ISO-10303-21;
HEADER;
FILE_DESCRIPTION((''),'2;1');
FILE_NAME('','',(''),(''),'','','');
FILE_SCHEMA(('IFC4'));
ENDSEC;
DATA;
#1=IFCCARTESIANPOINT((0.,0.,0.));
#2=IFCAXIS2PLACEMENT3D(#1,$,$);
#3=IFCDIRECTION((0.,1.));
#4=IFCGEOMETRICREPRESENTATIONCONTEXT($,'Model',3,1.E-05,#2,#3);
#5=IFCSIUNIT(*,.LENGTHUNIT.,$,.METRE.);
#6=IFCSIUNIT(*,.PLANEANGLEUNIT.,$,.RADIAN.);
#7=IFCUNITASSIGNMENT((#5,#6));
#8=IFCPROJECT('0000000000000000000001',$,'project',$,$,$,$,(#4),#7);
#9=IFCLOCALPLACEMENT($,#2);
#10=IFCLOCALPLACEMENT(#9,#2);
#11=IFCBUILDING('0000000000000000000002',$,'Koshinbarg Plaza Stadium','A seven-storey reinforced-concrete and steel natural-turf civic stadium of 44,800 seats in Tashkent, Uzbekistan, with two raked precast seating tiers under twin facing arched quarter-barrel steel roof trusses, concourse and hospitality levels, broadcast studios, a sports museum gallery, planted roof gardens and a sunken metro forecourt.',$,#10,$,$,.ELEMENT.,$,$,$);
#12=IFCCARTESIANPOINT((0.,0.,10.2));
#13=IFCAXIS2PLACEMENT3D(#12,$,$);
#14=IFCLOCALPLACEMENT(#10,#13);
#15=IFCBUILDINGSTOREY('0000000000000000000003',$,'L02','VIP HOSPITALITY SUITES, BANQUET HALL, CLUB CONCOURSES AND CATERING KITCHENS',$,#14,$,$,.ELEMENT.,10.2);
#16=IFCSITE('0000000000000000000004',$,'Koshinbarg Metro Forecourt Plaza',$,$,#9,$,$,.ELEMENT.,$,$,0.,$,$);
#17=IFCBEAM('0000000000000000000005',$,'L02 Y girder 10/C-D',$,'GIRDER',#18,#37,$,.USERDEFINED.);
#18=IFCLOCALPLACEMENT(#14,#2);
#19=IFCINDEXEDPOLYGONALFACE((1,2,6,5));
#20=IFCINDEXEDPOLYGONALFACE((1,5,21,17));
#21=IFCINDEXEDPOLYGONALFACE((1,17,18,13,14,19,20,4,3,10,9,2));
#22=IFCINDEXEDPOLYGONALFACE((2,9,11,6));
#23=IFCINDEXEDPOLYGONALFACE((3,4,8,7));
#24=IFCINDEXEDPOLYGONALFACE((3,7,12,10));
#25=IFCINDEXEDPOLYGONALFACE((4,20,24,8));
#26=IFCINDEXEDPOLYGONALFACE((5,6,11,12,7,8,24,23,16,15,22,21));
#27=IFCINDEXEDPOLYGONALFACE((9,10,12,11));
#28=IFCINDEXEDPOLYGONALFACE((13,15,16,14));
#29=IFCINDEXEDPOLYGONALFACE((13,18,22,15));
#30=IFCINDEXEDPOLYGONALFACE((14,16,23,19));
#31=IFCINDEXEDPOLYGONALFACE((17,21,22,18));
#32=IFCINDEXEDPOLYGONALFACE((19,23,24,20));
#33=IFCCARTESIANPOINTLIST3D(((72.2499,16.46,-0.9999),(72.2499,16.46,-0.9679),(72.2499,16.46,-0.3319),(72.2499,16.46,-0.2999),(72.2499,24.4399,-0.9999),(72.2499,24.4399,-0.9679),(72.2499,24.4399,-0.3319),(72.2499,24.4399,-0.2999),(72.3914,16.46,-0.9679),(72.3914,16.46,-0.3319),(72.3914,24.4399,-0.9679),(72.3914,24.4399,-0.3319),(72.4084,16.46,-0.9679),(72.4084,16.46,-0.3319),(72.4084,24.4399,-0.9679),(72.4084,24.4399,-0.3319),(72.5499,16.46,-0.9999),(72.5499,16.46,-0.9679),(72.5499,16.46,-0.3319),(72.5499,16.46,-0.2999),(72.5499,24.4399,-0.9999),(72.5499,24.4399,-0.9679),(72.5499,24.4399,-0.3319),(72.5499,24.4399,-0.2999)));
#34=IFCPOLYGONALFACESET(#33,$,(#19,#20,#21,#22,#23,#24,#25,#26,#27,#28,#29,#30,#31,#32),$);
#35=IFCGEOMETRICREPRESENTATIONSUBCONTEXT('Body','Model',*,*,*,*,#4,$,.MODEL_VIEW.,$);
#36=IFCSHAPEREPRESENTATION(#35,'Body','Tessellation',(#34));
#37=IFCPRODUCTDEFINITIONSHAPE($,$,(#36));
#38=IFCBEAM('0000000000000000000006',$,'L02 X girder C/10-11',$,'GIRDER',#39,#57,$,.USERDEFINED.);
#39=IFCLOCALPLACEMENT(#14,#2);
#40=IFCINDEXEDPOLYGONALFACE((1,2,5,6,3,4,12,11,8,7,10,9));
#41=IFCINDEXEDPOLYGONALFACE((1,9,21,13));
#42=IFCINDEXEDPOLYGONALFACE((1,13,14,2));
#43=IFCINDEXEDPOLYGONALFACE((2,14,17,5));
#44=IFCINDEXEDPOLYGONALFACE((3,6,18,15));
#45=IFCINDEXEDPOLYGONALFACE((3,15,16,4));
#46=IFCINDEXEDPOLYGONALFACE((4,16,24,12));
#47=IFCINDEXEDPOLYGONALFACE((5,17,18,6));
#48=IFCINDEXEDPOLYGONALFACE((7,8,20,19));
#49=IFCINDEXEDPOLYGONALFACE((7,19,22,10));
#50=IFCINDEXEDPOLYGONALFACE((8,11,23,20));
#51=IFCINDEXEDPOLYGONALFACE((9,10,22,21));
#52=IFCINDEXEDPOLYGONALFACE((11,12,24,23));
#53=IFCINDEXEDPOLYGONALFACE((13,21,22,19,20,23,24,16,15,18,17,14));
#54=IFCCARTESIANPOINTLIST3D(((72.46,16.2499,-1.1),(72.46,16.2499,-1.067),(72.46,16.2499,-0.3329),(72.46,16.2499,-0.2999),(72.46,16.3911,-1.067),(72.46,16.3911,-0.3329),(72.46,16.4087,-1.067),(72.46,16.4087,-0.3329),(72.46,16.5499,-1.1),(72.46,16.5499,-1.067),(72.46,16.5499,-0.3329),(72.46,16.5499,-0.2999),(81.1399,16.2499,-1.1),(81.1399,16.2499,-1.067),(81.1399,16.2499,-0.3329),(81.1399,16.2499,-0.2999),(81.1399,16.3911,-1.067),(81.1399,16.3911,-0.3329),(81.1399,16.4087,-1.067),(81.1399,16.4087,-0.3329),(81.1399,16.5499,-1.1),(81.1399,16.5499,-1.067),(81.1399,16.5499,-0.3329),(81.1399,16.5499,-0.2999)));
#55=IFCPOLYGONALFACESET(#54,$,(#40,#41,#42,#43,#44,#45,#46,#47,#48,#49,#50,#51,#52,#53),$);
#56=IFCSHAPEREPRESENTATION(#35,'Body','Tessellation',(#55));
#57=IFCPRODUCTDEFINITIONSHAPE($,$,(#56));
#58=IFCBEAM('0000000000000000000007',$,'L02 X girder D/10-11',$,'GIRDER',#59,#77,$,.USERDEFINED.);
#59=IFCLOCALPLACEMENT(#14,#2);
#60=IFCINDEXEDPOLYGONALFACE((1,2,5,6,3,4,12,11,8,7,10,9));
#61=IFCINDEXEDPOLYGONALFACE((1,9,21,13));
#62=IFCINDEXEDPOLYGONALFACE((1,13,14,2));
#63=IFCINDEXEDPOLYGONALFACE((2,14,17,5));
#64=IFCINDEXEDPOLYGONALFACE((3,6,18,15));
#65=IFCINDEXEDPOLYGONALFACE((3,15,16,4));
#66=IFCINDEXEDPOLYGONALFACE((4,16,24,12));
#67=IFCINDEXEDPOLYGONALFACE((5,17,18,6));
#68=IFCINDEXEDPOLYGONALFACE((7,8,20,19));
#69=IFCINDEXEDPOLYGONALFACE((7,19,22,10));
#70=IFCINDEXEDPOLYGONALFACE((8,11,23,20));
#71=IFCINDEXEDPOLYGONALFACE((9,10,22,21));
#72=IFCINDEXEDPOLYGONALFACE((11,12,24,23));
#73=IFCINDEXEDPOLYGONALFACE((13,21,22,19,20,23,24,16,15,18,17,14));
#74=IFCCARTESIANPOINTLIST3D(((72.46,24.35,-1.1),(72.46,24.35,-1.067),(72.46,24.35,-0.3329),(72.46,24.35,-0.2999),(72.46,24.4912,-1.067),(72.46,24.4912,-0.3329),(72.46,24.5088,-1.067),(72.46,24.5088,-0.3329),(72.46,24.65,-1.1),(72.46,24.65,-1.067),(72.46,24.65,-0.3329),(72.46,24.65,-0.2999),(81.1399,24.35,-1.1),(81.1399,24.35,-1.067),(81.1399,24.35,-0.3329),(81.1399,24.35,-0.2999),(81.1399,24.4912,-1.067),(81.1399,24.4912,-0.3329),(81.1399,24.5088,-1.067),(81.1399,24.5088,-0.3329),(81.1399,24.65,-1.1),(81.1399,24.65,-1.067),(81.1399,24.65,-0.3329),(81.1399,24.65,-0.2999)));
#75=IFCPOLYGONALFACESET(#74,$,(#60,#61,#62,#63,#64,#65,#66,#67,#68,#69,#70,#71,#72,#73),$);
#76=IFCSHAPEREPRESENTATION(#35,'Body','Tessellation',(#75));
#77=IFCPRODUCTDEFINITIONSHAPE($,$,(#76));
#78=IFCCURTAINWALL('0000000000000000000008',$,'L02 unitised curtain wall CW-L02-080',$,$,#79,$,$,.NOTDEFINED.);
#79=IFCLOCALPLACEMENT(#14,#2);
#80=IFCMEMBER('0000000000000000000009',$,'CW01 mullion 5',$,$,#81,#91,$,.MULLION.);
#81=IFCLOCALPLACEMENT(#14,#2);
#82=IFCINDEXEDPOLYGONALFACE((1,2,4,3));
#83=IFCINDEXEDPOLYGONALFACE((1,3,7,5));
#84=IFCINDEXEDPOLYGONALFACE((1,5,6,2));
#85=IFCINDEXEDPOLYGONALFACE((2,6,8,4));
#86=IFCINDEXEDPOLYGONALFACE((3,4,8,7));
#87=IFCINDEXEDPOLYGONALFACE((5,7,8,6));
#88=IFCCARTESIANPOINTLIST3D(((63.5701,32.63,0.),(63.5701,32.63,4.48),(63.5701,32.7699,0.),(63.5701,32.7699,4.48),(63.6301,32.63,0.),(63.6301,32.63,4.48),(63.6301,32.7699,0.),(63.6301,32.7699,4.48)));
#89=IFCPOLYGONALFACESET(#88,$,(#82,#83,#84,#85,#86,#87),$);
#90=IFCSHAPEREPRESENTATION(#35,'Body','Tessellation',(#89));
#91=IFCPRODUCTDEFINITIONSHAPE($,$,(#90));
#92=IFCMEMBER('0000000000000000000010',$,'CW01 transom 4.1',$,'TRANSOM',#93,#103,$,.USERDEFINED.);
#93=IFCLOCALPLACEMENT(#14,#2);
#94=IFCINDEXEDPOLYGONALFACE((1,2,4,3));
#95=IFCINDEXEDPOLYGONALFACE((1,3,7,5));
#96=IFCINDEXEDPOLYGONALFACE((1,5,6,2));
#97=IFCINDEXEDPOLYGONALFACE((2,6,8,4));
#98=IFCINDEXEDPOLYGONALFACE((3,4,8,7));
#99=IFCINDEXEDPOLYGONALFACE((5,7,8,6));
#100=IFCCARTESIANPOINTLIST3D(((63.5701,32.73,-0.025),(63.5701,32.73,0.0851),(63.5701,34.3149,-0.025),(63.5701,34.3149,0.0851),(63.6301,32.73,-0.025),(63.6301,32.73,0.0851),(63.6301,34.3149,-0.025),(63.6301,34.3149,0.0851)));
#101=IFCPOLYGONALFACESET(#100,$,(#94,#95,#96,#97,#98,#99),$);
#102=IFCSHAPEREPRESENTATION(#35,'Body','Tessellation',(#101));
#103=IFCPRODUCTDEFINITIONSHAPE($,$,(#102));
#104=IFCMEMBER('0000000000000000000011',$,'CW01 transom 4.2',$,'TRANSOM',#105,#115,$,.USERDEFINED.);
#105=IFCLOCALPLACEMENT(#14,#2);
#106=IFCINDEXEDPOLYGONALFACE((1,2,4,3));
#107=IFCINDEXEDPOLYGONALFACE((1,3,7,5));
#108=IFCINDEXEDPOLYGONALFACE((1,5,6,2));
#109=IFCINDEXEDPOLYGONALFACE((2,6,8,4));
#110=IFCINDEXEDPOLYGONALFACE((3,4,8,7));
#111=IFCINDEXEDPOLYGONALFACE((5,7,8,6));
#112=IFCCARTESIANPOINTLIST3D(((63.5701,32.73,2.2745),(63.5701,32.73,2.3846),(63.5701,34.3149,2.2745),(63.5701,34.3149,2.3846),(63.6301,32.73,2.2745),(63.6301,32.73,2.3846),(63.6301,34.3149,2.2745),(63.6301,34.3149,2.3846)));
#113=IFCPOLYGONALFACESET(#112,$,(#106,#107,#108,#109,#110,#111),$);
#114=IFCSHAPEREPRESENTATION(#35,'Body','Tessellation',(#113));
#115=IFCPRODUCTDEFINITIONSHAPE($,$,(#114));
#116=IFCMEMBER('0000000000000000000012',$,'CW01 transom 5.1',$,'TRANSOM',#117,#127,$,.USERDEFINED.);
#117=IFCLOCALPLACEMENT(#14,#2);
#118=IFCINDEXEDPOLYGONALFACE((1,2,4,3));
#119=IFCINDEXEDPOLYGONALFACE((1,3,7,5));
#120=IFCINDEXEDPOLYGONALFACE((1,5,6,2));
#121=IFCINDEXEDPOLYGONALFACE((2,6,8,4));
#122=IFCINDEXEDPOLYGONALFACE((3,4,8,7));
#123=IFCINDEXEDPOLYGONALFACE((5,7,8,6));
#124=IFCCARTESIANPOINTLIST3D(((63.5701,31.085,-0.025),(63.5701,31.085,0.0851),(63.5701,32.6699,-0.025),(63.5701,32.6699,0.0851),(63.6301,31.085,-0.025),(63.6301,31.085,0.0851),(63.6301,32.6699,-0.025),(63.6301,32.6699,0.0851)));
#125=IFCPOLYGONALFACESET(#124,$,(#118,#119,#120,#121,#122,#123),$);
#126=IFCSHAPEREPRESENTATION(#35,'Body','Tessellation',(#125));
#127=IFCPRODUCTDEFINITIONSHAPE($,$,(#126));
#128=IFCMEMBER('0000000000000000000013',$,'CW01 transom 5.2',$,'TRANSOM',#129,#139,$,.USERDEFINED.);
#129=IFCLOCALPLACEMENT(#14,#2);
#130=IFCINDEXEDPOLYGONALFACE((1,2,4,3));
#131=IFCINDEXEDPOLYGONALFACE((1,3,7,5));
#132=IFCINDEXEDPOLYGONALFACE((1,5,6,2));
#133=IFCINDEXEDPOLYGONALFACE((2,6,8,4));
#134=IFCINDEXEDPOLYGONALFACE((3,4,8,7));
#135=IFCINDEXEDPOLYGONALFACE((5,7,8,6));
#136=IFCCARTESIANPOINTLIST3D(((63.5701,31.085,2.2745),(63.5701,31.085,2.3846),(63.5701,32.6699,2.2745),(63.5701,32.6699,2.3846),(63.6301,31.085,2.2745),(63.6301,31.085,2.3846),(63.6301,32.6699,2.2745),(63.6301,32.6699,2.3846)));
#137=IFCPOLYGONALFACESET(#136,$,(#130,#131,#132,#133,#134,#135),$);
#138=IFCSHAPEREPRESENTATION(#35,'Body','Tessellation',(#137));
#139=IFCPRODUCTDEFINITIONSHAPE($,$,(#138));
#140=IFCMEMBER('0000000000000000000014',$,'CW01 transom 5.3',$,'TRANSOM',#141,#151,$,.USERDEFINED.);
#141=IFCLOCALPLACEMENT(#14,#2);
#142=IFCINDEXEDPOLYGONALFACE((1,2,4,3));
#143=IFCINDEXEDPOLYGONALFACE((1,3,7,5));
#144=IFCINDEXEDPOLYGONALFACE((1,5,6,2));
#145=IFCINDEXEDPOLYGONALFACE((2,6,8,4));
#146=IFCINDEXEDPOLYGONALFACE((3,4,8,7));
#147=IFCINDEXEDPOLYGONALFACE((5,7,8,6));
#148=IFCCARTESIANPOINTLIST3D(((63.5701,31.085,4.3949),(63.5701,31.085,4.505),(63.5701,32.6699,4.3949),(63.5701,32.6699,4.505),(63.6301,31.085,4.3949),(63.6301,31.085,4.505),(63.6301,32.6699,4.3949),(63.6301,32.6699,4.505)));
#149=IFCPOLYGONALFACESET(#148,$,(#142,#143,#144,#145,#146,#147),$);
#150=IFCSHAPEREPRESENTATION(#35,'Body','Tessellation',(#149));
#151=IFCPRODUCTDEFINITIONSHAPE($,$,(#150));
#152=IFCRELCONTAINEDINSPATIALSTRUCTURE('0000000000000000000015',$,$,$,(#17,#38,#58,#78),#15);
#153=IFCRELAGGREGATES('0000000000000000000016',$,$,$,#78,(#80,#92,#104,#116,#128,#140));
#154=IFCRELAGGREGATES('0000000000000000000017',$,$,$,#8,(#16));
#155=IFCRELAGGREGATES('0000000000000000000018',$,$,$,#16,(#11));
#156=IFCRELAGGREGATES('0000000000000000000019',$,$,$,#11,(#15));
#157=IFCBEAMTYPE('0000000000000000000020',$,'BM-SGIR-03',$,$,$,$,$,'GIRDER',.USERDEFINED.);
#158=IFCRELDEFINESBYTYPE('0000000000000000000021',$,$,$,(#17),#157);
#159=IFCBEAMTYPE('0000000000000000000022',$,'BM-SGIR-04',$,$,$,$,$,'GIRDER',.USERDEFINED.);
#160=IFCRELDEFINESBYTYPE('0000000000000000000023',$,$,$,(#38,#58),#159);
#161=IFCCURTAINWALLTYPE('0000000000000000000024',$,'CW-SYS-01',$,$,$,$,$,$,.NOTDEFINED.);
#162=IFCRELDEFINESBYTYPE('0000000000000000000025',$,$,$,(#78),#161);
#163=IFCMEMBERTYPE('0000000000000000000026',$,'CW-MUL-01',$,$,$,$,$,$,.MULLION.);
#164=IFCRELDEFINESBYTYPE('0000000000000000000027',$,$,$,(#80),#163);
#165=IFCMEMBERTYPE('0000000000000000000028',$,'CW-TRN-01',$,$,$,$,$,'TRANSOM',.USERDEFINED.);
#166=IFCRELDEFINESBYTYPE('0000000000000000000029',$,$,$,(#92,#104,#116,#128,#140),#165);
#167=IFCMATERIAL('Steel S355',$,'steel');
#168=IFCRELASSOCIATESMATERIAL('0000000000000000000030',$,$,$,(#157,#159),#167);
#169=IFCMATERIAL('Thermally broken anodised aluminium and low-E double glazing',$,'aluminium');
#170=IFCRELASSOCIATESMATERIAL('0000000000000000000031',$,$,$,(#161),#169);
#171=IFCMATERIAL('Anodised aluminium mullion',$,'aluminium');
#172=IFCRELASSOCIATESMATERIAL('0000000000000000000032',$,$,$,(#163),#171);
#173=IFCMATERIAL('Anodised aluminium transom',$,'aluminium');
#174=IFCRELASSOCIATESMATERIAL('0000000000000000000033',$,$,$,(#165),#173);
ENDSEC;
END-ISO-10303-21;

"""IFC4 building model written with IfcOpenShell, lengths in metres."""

from ifc_helpers import new_model, si_unit, direction, frame, origin, origin_2d, place, context, subcontext, project, spatial, rectangle, i_section, extrude, material, material_profile, profile_set, type_object, element, aggregate, save


model = new_model("IFC4")

# Units and contexts
model_context = context("Model", 3, precision=1e-05, world=origin(), true_north=direction((0.0, 1.0)))
body_context = subcontext(model_context, "Body", "Model", "MODEL_VIEW")
ifc_project = project(units=[si_unit("LENGTHUNIT", "METRE"), si_unit("PLANEANGLEUNIT", "RADIAN")], contexts=[model_context])

# Site, building, storey
site_placement = place(None, origin())
site = spatial("IfcSite", under=ifc_project, at=site_placement, Name="Koshinbarg Metro Forecourt Plaza", CompositionType="ELEMENT", RefElevation=0.0)
building_placement = place(site_placement, origin())
building = spatial("IfcBuilding", under=site, at=building_placement, Name="Koshinbarg Plaza Stadium", Description="A seven-storey reinforced-concrete and steel natural-turf civic stadium of 44,800 seats in Tashkent, Uzbekistan, with two raked precast seating tiers under twin facing arched quarter-barrel steel roof trusses, concourse and hospitality levels, broadcast studios, a sports museum gallery, planted roof gardens and a sunken metro forecourt.", CompositionType="ELEMENT")
storey_placement = place(building_placement, frame((0.0, 0.0, 10.2)))
storey = spatial("IfcBuildingStorey", under=building, at=storey_placement, Name="L02", Description="VIP HOSPITALITY SUITES, BANQUET HALL, CLUB CONCOURSES AND CATERING KITCHENS", CompositionType="ELEMENT", Elevation=10.2)

# Beams
ifc_material_1 = material(Name="Steel S355", Category="steel")
ifc_material_profile_1 = material_profile(ifc_material_1, i_section(OverallWidth=0.3, OverallDepth=0.7, WebThickness=0.0171, FlangeThickness=0.032, at=origin_2d()), Name="HEB 700")
ifc_profile_set_1 = profile_set([ifc_material_profile_1], Name="Steel S355")
beam_type_1 = type_object("IfcBeamType", Name="BM-SGIR-03", ElementType="GIRDER", PredefinedType="USERDEFINED", material=ifc_profile_set_1)
beam_1_placement = place(storey_placement, frame((72.3999, 16.46, -0.6499), z_axis=(0.0, 1.0, 0.0), x_axis=(-1.0, 0.0, 0.0)))
element("IfcBeam", 1, at=beam_1_placement, inside=storey, type_object=beam_type_1, Name="L02 Y girder 10/C-D", ObjectType="GIRDER", PredefinedType="USERDEFINED", context=body_context, shape_type="SweptSolid", body=[
    extrude(i_section(OverallWidth=0.3, OverallDepth=0.7, WebThickness=0.0171, FlangeThickness=0.032, at=origin_2d()), origin(), (0.0, 0.0, 1.0), 7.98),
])
ifc_material_profile_2 = material_profile(ifc_material_1, i_section(OverallWidth=0.3, OverallDepth=0.8, WebThickness=0.0176, FlangeThickness=0.033, at=origin_2d()), Name="HEB 800")
ifc_profile_set_2 = profile_set([ifc_material_profile_2], Name="Steel S355")
beam_type_2 = type_object("IfcBeamType", Name="BM-SGIR-04", ElementType="GIRDER", PredefinedType="USERDEFINED", material=ifc_profile_set_2)
for number, where, z_axis, x_axis, name in (
    (2, (72.46, 16.3999, -0.7), (1.0, 0.0, 0.0), (0.0, 1.0, 0.0), "L02 X girder C/10-11"),
    (3, (72.46, 24.5, -0.7), (1.0, 0.0, 0.0), (0.0, 1.0, 0.0), "L02 X girder D/10-11"),
):
    element("IfcBeam", number, at=place(storey_placement, frame(where, z_axis=z_axis, x_axis=x_axis)), inside=storey, type_object=beam_type_2, Name=name, ObjectType="GIRDER", PredefinedType="USERDEFINED", context=body_context, shape_type="SweptSolid", body=[
        extrude(i_section(OverallWidth=0.3, OverallDepth=0.8, WebThickness=0.0176, FlangeThickness=0.033, at=origin_2d()), origin(), (0.0, 0.0, 1.0), 8.6799),
    ])

# Curtain wall, members
ifc_material_2 = material(Name="Thermally broken anodised aluminium and low-E double glazing", Category="aluminium")
curtain_wall_type = type_object("IfcCurtainWallType", Name="CW-SYS-01", PredefinedType="NOTDEFINED", material=ifc_material_2)
curtain_wall_placement = place(storey_placement, origin())
curtain_wall = element("IfcCurtainWall", 4, at=curtain_wall_placement, inside=storey, type_object=curtain_wall_type, Name="L02 unitised curtain wall CW-L02-080", PredefinedType="NOTDEFINED")
ifc_material_3 = material(Name="Anodised aluminium mullion", Category="aluminium")
ifc_material_profile_3 = material_profile(ifc_material_3, rectangle(XDim=0.0601, YDim=0.1399, at=origin_2d()), Name="ALU 60x140")
ifc_profile_set_3 = profile_set([ifc_material_profile_3], Name="Anodised aluminium mullion")
member_type_1 = type_object("IfcMemberType", Name="CW-MUL-01", PredefinedType="MULLION", material=ifc_profile_set_3)
member_1_placement = place(storey_placement, frame((63.6001, 32.7, 0.0), z_axis=(0.0, 0.0, 1.0), x_axis=(1.0, 0.0, 0.0)))
member_1 = element("IfcMember", 5, at=member_1_placement, type_object=member_type_1, Name="CW01 mullion 5", PredefinedType="MULLION", context=body_context, shape_type="SweptSolid", body=[
    extrude(rectangle(XDim=0.0601, YDim=0.1399, at=origin_2d()), origin(), (0.0, 0.0, 1.0), 4.48),
])
ifc_material_4 = material(Name="Anodised aluminium transom", Category="aluminium")
ifc_material_profile_4 = material_profile(ifc_material_4, rectangle(XDim=0.0601, YDim=0.1101, at=origin_2d()), Name="ALU 60x110")
ifc_profile_set_4 = profile_set([ifc_material_profile_4], Name="Anodised aluminium transom")
member_type_2 = type_object("IfcMemberType", Name="CW-TRN-01", ElementType="TRANSOM", PredefinedType="USERDEFINED", material=ifc_profile_set_4)
member_2_placement = place(storey_placement, frame((63.6001, 34.3149, 0.03), z_axis=(0.0, -1.0, 0.0), x_axis=(1.0, 0.0, 0.0)))
member_2 = element("IfcMember", 6, at=member_2_placement, type_object=member_type_2, Name="CW01 transom 4.1", ObjectType="TRANSOM", PredefinedType="USERDEFINED", context=body_context, shape_type="SweptSolid", body=[
    extrude(rectangle(XDim=0.0601, YDim=0.1101, at=origin_2d()), origin(), (0.0, 0.0, 1.0), 1.585),
])
member_3_placement = place(storey_placement, frame((63.6001, 34.3149, 2.3296), z_axis=(0.0, -1.0, 0.0), x_axis=(1.0, 0.0, 0.0)))
member_3 = element("IfcMember", 7, at=member_3_placement, type_object=member_type_2, Name="CW01 transom 4.2", ObjectType="TRANSOM", PredefinedType="USERDEFINED", context=body_context, shape_type="SweptSolid", body=[
    extrude(rectangle(XDim=0.0601, YDim=0.1101, at=origin_2d()), origin(), (0.0, 0.0, 1.0), 1.585),
])
member_4_placement = place(storey_placement, frame((63.6001, 32.6699, 0.03), z_axis=(0.0, -1.0, 0.0), x_axis=(1.0, 0.0, 0.0)))
member_4 = element("IfcMember", 8, at=member_4_placement, type_object=member_type_2, Name="CW01 transom 5.1", ObjectType="TRANSOM", PredefinedType="USERDEFINED", context=body_context, shape_type="SweptSolid", body=[
    extrude(rectangle(XDim=0.0601, YDim=0.1101, at=origin_2d()), origin(), (0.0, 0.0, 1.0), 1.585),
])
member_5_placement = place(storey_placement, frame((63.6001, 32.6699, 2.3296), z_axis=(0.0, -1.0, 0.0), x_axis=(1.0, 0.0, 0.0)))
member_5 = element("IfcMember", 9, at=member_5_placement, type_object=member_type_2, Name="CW01 transom 5.2", ObjectType="TRANSOM", PredefinedType="USERDEFINED", context=body_context, shape_type="SweptSolid", body=[
    extrude(rectangle(XDim=0.0601, YDim=0.1101, at=origin_2d()), origin(), (0.0, 0.0, 1.0), 1.585),
])
member_6_placement = place(storey_placement, frame((63.6001, 32.6699, 4.45), z_axis=(0.0, -1.0, 0.0), x_axis=(1.0, 0.0, 0.0)))
member_6 = element("IfcMember", 10, at=member_6_placement, type_object=member_type_2, Name="CW01 transom 5.3", ObjectType="TRANSOM", PredefinedType="USERDEFINED", context=body_context, shape_type="SweptSolid", body=[
    extrude(rectangle(XDim=0.0601, YDim=0.1101, at=origin_2d()), origin(), (0.0, 0.0, 1.0), 1.585),
])

aggregate(curtain_wall, [member_1, member_2, member_3, member_4, member_5, member_6])

save(model, "model.ifc")
